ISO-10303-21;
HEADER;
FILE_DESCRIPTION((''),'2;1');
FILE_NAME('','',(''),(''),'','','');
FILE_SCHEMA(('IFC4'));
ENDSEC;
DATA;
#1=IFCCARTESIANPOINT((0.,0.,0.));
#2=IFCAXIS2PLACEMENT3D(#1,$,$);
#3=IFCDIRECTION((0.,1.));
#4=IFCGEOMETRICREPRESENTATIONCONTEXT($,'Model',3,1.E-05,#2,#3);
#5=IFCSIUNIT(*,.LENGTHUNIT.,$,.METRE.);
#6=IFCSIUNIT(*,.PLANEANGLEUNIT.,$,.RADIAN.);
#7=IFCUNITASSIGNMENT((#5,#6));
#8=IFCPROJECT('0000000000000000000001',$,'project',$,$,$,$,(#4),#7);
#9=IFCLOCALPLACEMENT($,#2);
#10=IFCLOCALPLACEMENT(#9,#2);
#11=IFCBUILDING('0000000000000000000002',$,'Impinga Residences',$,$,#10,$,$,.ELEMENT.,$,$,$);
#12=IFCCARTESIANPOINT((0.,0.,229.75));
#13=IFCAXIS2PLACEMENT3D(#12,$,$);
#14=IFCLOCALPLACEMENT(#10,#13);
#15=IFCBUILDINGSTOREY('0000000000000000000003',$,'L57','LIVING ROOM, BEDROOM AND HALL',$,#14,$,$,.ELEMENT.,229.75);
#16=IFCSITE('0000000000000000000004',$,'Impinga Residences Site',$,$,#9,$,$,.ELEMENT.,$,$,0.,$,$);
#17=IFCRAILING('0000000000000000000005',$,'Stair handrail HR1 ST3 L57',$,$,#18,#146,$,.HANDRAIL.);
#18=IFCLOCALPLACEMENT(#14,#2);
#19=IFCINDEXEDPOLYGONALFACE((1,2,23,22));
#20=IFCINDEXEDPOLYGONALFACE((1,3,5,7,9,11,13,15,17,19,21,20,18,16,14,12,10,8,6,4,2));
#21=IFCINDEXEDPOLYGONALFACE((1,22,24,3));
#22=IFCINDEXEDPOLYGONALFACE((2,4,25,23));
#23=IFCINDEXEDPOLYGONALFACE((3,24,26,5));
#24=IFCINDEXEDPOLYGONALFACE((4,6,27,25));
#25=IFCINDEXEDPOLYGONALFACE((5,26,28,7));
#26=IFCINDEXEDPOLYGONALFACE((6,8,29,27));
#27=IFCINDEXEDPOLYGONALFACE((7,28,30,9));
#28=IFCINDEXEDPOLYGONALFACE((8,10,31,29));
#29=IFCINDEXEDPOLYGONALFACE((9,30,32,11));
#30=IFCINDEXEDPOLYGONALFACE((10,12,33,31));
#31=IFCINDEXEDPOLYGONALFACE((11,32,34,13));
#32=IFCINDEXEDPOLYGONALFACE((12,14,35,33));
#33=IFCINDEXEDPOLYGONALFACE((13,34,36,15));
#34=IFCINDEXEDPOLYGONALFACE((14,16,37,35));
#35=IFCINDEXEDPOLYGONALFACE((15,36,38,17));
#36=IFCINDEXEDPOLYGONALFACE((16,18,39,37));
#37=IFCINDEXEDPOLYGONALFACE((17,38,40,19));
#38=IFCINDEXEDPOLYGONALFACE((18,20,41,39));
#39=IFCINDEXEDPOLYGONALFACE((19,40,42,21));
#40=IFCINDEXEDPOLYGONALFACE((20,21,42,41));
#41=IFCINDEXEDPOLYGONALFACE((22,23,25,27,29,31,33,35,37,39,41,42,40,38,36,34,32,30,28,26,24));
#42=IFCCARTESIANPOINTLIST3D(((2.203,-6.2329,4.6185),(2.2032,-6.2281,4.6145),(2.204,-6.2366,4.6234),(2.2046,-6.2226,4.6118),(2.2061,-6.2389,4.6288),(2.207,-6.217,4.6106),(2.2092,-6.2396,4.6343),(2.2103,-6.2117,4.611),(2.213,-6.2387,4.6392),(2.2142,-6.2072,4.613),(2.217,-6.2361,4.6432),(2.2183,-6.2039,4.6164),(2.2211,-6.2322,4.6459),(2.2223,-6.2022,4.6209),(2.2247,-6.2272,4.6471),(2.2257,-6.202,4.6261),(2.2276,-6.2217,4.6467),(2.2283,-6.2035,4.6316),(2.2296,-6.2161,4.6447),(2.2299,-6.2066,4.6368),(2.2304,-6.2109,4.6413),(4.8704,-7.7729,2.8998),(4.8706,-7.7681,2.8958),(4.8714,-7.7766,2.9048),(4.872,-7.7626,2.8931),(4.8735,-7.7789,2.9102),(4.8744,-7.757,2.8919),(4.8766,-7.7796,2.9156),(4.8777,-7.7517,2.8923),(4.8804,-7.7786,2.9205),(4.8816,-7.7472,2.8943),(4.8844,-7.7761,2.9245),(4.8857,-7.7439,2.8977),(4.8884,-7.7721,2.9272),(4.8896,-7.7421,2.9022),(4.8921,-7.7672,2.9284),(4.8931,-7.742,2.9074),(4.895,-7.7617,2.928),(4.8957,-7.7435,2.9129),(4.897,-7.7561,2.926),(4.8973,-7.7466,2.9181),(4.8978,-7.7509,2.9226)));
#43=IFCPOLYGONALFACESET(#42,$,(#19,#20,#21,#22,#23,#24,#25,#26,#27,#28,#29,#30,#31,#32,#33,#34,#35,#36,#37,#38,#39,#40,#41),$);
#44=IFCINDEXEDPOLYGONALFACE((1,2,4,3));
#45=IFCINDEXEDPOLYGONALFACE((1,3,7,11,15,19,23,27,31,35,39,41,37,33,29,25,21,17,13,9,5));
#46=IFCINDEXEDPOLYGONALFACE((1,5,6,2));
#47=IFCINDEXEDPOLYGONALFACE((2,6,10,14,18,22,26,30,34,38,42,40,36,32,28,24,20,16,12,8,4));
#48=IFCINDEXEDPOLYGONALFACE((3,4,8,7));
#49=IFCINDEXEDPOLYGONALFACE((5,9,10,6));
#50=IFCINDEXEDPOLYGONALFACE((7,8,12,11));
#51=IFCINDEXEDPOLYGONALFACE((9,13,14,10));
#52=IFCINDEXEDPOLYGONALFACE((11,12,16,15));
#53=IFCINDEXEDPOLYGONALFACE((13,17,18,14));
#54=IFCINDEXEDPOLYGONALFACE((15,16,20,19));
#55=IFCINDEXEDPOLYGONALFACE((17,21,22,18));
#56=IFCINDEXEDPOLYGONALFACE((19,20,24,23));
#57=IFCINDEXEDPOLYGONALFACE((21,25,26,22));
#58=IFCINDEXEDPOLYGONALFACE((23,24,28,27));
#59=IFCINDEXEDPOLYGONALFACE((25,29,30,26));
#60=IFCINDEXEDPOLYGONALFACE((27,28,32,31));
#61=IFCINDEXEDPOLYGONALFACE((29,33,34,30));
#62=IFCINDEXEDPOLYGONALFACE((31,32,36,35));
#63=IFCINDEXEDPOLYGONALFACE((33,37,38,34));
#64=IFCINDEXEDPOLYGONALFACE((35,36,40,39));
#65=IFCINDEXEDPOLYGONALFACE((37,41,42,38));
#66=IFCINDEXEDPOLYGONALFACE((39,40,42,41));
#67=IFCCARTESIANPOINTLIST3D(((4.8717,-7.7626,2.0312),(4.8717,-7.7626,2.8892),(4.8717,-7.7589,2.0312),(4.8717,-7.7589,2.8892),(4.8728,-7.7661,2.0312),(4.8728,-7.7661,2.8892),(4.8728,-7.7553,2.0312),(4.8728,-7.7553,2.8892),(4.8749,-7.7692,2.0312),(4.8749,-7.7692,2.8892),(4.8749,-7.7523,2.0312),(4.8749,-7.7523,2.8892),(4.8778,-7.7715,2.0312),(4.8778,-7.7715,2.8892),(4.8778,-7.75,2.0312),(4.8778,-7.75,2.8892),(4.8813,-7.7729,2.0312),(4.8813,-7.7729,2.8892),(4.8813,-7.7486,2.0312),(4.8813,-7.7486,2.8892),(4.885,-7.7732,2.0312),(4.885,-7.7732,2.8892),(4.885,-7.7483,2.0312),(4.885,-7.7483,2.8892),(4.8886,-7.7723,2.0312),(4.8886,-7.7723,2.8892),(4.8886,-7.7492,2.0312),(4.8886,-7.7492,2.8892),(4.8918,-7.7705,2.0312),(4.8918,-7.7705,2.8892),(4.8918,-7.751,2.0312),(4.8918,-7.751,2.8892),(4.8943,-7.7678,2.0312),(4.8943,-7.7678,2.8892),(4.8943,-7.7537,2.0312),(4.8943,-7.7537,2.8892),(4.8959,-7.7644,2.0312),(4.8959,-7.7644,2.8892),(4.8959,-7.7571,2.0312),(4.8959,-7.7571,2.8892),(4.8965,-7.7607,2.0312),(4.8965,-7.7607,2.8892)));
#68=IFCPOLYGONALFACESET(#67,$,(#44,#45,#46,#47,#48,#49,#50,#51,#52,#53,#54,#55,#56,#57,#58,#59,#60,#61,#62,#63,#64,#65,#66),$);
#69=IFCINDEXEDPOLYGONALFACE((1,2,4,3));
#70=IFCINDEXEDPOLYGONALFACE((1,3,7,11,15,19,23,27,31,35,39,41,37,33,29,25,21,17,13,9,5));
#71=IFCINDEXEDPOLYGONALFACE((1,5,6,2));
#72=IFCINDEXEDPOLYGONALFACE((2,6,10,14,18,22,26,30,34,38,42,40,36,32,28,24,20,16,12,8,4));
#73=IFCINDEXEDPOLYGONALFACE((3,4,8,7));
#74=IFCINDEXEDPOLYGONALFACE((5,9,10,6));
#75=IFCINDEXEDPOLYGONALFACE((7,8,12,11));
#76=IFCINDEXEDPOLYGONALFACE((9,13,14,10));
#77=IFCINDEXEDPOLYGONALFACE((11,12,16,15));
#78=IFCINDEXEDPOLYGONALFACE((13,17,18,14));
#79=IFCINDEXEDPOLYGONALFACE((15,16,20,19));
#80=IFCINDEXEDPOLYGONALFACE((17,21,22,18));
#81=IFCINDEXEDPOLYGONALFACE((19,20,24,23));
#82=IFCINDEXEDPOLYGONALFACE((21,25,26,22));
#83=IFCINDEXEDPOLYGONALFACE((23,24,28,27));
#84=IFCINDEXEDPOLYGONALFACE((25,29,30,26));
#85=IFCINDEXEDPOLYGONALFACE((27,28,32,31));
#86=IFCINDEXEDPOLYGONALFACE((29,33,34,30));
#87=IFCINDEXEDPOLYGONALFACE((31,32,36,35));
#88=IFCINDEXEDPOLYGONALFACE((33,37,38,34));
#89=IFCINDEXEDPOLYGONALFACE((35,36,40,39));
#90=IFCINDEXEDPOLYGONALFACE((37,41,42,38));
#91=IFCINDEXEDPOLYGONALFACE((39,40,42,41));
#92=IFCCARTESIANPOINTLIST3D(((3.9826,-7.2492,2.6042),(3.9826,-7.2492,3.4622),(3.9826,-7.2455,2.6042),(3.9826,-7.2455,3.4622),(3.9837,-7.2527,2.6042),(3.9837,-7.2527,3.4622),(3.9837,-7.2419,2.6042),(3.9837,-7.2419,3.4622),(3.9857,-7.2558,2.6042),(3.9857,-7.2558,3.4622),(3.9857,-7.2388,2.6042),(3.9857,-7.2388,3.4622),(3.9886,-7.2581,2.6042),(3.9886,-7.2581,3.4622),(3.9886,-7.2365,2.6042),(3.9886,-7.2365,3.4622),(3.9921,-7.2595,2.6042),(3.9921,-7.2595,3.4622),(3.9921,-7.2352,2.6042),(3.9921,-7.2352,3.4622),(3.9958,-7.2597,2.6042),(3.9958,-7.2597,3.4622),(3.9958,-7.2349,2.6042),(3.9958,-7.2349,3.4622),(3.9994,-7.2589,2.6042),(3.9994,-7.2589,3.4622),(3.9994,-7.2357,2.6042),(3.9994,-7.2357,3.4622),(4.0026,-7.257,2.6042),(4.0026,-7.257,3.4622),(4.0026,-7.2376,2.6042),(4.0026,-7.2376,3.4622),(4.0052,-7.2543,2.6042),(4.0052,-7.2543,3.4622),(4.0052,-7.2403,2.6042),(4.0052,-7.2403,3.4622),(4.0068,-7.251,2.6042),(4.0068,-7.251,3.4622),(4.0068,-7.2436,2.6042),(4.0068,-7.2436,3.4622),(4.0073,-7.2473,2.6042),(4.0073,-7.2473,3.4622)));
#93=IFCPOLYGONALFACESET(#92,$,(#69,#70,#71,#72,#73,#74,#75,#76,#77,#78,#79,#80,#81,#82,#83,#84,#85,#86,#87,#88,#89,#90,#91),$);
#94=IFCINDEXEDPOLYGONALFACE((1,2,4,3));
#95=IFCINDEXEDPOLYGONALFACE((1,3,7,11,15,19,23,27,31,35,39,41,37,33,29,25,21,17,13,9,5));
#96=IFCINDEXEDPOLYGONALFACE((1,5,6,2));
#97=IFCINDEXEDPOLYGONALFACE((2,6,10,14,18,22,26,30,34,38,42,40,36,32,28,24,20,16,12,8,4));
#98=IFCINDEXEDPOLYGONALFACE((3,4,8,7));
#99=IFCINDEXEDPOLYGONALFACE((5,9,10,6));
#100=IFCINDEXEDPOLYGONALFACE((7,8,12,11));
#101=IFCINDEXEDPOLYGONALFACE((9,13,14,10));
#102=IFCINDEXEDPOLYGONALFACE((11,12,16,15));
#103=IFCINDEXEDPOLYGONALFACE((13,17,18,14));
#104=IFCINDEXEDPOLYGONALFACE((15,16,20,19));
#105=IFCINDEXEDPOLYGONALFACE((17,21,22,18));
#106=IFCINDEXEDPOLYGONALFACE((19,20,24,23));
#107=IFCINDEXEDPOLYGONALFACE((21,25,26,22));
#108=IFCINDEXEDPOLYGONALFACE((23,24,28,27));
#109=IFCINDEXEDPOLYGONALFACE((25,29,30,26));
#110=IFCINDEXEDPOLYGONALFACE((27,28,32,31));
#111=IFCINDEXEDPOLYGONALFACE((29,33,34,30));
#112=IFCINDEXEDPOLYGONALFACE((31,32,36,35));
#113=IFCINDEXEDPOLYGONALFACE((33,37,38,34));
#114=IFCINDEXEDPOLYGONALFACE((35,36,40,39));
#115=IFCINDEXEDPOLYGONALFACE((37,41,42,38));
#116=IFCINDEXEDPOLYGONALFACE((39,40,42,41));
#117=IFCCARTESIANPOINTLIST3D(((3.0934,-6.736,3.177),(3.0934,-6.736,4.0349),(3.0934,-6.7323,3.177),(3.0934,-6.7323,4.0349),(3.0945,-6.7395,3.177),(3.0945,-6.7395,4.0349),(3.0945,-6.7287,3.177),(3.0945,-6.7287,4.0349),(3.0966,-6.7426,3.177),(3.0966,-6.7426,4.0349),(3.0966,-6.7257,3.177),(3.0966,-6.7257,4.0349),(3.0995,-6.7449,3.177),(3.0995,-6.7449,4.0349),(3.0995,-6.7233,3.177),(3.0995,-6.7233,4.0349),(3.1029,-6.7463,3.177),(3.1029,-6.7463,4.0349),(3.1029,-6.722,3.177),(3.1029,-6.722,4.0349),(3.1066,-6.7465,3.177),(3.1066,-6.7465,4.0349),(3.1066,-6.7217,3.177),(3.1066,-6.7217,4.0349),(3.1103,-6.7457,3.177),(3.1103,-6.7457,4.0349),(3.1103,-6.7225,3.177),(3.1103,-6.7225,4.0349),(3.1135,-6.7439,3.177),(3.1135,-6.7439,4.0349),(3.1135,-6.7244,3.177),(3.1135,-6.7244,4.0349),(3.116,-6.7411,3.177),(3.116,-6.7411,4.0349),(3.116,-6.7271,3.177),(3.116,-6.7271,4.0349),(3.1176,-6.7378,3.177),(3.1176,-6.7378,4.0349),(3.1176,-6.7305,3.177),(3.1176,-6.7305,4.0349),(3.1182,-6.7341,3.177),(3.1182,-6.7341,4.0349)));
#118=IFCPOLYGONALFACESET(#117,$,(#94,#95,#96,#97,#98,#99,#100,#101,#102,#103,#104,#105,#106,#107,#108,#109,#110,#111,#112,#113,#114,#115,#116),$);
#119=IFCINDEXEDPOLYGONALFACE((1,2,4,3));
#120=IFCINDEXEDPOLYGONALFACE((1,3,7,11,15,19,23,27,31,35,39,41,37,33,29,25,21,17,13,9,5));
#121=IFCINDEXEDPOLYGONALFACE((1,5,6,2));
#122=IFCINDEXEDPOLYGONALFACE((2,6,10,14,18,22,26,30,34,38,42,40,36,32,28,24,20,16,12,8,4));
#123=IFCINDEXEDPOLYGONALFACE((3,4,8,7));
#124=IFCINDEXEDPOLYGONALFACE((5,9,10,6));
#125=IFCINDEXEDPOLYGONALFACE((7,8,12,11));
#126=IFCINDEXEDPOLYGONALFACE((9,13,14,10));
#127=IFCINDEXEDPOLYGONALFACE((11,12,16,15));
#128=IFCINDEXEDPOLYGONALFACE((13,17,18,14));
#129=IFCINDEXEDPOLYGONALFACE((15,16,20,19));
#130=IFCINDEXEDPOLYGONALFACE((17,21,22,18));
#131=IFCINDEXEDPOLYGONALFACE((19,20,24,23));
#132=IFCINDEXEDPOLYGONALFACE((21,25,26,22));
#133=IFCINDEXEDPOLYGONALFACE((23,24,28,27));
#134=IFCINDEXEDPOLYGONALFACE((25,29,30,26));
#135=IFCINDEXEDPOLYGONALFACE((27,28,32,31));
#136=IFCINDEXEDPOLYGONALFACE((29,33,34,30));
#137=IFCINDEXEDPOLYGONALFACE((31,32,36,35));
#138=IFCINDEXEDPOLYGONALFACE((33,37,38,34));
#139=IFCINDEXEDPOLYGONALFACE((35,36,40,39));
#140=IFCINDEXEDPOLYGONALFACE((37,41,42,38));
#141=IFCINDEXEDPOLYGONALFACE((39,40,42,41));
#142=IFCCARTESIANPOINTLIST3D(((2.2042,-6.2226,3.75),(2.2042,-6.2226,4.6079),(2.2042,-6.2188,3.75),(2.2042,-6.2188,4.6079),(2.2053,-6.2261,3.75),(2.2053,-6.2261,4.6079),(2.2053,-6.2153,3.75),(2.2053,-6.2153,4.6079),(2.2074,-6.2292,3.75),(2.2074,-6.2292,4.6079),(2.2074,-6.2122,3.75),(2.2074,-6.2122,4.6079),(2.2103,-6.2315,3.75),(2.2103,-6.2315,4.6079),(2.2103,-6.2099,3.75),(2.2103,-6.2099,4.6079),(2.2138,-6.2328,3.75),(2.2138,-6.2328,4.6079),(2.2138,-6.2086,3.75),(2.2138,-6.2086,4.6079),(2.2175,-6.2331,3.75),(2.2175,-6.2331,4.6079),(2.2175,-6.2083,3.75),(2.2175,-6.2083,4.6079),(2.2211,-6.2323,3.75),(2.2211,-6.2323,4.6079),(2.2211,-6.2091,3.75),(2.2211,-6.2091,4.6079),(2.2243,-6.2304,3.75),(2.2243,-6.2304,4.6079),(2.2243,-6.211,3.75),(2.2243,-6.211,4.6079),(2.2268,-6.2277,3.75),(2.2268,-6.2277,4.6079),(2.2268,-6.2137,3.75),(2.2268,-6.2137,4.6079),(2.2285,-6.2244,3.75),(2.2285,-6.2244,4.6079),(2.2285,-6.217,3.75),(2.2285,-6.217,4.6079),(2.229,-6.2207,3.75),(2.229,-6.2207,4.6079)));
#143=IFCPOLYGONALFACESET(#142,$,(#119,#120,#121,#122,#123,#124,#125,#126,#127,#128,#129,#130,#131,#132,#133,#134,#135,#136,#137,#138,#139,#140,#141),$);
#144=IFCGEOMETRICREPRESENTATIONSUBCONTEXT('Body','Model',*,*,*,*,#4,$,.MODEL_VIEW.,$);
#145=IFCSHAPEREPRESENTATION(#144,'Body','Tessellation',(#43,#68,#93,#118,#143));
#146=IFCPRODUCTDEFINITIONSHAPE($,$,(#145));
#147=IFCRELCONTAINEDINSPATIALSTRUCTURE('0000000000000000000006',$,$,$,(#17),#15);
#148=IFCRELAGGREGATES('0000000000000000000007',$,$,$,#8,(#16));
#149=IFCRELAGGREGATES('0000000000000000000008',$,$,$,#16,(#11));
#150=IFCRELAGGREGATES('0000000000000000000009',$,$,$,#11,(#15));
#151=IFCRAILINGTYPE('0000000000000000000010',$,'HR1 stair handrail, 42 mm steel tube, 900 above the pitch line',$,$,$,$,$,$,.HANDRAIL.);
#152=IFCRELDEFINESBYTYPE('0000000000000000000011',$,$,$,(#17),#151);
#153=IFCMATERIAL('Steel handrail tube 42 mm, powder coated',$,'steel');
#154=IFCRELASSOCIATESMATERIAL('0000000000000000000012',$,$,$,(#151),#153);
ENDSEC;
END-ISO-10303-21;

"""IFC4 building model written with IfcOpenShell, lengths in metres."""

from ifc_helpers import new_model, si_unit, direction, frame, origin, origin_2d, place, context, subcontext, project, spatial, circle, extrude, material, type_object, element, save


model = new_model("IFC4")

# Units and contexts
model_context = context("Model", 3, precision=1e-05, world=origin(), true_north=direction((0.0, 1.0)))
body_context = subcontext(model_context, "Body", "Model", "MODEL_VIEW")
ifc_project = project(units=[si_unit("LENGTHUNIT", "METRE"), si_unit("PLANEANGLEUNIT", "RADIAN")], contexts=[model_context])

# Site, building, storey
site_placement = place(None, origin())
site = spatial("IfcSite", under=ifc_project, at=site_placement, Name="Impinga Residences Site", CompositionType="ELEMENT", RefElevation=0.0)
building_placement = place(site_placement, origin())
building = spatial("IfcBuilding", under=site, at=building_placement, Name="Impinga Residences", CompositionType="ELEMENT")
storey_placement = place(building_placement, frame((0.0, 0.0, 229.75)))
storey = spatial("IfcBuildingStorey", under=building, at=storey_placement, Name="L57", Description="LIVING ROOM, BEDROOM AND HALL", CompositionType="ELEMENT", Elevation=229.75)

# Railing
ifc_material_1 = material(Name="Steel handrail tube 42 mm, powder coated", Category="steel")
railing_type_1 = type_object("IfcRailingType", Name="HR1 stair handrail, 42 mm steel tube, 900 above the pitch line", PredefinedType="HANDRAIL", material=ifc_material_1)
railing_1_placement = place(storey_placement, frame((4.884, -7.7607, 2.0312)))
element("IfcRailing", 1, at=railing_1_placement, inside=storey, type_object=railing_type_1, Name="Stair handrail HR1 ST3 L57", PredefinedType="HANDRAIL", context=body_context, shape_type="SweptSolid", body=[
    extrude(circle(Radius=0.021, at=origin_2d()), frame((0.0, 0.0, 0.8789), z_axis=(-0.756256, 0.436616, 0.487282), x_axis=(-0.499992, -0.86603, 0.0)), (0.0, 0.0, 1.0), 3.5271),
    extrude(circle(Radius=0.0125, at=origin_2d()), origin(), (0.0, 0.0, 1.0), 0.8579),
    extrude(circle(Radius=0.0125, at=origin_2d()), frame((-0.8892, 0.5134, 0.573)), (0.0, 0.0, 1.0), 0.8579),
    extrude(circle(Radius=0.0125, at=origin_2d()), frame((-1.7783, 1.0266, 1.1458)), (0.0, 0.0, 1.0), 0.8579),
    extrude(circle(Radius=0.0125, at=origin_2d()), frame((-2.6675, 1.54, 1.7188)), (0.0, 0.0, 1.0), 0.8579),
])

save(model, "model.ifc")
